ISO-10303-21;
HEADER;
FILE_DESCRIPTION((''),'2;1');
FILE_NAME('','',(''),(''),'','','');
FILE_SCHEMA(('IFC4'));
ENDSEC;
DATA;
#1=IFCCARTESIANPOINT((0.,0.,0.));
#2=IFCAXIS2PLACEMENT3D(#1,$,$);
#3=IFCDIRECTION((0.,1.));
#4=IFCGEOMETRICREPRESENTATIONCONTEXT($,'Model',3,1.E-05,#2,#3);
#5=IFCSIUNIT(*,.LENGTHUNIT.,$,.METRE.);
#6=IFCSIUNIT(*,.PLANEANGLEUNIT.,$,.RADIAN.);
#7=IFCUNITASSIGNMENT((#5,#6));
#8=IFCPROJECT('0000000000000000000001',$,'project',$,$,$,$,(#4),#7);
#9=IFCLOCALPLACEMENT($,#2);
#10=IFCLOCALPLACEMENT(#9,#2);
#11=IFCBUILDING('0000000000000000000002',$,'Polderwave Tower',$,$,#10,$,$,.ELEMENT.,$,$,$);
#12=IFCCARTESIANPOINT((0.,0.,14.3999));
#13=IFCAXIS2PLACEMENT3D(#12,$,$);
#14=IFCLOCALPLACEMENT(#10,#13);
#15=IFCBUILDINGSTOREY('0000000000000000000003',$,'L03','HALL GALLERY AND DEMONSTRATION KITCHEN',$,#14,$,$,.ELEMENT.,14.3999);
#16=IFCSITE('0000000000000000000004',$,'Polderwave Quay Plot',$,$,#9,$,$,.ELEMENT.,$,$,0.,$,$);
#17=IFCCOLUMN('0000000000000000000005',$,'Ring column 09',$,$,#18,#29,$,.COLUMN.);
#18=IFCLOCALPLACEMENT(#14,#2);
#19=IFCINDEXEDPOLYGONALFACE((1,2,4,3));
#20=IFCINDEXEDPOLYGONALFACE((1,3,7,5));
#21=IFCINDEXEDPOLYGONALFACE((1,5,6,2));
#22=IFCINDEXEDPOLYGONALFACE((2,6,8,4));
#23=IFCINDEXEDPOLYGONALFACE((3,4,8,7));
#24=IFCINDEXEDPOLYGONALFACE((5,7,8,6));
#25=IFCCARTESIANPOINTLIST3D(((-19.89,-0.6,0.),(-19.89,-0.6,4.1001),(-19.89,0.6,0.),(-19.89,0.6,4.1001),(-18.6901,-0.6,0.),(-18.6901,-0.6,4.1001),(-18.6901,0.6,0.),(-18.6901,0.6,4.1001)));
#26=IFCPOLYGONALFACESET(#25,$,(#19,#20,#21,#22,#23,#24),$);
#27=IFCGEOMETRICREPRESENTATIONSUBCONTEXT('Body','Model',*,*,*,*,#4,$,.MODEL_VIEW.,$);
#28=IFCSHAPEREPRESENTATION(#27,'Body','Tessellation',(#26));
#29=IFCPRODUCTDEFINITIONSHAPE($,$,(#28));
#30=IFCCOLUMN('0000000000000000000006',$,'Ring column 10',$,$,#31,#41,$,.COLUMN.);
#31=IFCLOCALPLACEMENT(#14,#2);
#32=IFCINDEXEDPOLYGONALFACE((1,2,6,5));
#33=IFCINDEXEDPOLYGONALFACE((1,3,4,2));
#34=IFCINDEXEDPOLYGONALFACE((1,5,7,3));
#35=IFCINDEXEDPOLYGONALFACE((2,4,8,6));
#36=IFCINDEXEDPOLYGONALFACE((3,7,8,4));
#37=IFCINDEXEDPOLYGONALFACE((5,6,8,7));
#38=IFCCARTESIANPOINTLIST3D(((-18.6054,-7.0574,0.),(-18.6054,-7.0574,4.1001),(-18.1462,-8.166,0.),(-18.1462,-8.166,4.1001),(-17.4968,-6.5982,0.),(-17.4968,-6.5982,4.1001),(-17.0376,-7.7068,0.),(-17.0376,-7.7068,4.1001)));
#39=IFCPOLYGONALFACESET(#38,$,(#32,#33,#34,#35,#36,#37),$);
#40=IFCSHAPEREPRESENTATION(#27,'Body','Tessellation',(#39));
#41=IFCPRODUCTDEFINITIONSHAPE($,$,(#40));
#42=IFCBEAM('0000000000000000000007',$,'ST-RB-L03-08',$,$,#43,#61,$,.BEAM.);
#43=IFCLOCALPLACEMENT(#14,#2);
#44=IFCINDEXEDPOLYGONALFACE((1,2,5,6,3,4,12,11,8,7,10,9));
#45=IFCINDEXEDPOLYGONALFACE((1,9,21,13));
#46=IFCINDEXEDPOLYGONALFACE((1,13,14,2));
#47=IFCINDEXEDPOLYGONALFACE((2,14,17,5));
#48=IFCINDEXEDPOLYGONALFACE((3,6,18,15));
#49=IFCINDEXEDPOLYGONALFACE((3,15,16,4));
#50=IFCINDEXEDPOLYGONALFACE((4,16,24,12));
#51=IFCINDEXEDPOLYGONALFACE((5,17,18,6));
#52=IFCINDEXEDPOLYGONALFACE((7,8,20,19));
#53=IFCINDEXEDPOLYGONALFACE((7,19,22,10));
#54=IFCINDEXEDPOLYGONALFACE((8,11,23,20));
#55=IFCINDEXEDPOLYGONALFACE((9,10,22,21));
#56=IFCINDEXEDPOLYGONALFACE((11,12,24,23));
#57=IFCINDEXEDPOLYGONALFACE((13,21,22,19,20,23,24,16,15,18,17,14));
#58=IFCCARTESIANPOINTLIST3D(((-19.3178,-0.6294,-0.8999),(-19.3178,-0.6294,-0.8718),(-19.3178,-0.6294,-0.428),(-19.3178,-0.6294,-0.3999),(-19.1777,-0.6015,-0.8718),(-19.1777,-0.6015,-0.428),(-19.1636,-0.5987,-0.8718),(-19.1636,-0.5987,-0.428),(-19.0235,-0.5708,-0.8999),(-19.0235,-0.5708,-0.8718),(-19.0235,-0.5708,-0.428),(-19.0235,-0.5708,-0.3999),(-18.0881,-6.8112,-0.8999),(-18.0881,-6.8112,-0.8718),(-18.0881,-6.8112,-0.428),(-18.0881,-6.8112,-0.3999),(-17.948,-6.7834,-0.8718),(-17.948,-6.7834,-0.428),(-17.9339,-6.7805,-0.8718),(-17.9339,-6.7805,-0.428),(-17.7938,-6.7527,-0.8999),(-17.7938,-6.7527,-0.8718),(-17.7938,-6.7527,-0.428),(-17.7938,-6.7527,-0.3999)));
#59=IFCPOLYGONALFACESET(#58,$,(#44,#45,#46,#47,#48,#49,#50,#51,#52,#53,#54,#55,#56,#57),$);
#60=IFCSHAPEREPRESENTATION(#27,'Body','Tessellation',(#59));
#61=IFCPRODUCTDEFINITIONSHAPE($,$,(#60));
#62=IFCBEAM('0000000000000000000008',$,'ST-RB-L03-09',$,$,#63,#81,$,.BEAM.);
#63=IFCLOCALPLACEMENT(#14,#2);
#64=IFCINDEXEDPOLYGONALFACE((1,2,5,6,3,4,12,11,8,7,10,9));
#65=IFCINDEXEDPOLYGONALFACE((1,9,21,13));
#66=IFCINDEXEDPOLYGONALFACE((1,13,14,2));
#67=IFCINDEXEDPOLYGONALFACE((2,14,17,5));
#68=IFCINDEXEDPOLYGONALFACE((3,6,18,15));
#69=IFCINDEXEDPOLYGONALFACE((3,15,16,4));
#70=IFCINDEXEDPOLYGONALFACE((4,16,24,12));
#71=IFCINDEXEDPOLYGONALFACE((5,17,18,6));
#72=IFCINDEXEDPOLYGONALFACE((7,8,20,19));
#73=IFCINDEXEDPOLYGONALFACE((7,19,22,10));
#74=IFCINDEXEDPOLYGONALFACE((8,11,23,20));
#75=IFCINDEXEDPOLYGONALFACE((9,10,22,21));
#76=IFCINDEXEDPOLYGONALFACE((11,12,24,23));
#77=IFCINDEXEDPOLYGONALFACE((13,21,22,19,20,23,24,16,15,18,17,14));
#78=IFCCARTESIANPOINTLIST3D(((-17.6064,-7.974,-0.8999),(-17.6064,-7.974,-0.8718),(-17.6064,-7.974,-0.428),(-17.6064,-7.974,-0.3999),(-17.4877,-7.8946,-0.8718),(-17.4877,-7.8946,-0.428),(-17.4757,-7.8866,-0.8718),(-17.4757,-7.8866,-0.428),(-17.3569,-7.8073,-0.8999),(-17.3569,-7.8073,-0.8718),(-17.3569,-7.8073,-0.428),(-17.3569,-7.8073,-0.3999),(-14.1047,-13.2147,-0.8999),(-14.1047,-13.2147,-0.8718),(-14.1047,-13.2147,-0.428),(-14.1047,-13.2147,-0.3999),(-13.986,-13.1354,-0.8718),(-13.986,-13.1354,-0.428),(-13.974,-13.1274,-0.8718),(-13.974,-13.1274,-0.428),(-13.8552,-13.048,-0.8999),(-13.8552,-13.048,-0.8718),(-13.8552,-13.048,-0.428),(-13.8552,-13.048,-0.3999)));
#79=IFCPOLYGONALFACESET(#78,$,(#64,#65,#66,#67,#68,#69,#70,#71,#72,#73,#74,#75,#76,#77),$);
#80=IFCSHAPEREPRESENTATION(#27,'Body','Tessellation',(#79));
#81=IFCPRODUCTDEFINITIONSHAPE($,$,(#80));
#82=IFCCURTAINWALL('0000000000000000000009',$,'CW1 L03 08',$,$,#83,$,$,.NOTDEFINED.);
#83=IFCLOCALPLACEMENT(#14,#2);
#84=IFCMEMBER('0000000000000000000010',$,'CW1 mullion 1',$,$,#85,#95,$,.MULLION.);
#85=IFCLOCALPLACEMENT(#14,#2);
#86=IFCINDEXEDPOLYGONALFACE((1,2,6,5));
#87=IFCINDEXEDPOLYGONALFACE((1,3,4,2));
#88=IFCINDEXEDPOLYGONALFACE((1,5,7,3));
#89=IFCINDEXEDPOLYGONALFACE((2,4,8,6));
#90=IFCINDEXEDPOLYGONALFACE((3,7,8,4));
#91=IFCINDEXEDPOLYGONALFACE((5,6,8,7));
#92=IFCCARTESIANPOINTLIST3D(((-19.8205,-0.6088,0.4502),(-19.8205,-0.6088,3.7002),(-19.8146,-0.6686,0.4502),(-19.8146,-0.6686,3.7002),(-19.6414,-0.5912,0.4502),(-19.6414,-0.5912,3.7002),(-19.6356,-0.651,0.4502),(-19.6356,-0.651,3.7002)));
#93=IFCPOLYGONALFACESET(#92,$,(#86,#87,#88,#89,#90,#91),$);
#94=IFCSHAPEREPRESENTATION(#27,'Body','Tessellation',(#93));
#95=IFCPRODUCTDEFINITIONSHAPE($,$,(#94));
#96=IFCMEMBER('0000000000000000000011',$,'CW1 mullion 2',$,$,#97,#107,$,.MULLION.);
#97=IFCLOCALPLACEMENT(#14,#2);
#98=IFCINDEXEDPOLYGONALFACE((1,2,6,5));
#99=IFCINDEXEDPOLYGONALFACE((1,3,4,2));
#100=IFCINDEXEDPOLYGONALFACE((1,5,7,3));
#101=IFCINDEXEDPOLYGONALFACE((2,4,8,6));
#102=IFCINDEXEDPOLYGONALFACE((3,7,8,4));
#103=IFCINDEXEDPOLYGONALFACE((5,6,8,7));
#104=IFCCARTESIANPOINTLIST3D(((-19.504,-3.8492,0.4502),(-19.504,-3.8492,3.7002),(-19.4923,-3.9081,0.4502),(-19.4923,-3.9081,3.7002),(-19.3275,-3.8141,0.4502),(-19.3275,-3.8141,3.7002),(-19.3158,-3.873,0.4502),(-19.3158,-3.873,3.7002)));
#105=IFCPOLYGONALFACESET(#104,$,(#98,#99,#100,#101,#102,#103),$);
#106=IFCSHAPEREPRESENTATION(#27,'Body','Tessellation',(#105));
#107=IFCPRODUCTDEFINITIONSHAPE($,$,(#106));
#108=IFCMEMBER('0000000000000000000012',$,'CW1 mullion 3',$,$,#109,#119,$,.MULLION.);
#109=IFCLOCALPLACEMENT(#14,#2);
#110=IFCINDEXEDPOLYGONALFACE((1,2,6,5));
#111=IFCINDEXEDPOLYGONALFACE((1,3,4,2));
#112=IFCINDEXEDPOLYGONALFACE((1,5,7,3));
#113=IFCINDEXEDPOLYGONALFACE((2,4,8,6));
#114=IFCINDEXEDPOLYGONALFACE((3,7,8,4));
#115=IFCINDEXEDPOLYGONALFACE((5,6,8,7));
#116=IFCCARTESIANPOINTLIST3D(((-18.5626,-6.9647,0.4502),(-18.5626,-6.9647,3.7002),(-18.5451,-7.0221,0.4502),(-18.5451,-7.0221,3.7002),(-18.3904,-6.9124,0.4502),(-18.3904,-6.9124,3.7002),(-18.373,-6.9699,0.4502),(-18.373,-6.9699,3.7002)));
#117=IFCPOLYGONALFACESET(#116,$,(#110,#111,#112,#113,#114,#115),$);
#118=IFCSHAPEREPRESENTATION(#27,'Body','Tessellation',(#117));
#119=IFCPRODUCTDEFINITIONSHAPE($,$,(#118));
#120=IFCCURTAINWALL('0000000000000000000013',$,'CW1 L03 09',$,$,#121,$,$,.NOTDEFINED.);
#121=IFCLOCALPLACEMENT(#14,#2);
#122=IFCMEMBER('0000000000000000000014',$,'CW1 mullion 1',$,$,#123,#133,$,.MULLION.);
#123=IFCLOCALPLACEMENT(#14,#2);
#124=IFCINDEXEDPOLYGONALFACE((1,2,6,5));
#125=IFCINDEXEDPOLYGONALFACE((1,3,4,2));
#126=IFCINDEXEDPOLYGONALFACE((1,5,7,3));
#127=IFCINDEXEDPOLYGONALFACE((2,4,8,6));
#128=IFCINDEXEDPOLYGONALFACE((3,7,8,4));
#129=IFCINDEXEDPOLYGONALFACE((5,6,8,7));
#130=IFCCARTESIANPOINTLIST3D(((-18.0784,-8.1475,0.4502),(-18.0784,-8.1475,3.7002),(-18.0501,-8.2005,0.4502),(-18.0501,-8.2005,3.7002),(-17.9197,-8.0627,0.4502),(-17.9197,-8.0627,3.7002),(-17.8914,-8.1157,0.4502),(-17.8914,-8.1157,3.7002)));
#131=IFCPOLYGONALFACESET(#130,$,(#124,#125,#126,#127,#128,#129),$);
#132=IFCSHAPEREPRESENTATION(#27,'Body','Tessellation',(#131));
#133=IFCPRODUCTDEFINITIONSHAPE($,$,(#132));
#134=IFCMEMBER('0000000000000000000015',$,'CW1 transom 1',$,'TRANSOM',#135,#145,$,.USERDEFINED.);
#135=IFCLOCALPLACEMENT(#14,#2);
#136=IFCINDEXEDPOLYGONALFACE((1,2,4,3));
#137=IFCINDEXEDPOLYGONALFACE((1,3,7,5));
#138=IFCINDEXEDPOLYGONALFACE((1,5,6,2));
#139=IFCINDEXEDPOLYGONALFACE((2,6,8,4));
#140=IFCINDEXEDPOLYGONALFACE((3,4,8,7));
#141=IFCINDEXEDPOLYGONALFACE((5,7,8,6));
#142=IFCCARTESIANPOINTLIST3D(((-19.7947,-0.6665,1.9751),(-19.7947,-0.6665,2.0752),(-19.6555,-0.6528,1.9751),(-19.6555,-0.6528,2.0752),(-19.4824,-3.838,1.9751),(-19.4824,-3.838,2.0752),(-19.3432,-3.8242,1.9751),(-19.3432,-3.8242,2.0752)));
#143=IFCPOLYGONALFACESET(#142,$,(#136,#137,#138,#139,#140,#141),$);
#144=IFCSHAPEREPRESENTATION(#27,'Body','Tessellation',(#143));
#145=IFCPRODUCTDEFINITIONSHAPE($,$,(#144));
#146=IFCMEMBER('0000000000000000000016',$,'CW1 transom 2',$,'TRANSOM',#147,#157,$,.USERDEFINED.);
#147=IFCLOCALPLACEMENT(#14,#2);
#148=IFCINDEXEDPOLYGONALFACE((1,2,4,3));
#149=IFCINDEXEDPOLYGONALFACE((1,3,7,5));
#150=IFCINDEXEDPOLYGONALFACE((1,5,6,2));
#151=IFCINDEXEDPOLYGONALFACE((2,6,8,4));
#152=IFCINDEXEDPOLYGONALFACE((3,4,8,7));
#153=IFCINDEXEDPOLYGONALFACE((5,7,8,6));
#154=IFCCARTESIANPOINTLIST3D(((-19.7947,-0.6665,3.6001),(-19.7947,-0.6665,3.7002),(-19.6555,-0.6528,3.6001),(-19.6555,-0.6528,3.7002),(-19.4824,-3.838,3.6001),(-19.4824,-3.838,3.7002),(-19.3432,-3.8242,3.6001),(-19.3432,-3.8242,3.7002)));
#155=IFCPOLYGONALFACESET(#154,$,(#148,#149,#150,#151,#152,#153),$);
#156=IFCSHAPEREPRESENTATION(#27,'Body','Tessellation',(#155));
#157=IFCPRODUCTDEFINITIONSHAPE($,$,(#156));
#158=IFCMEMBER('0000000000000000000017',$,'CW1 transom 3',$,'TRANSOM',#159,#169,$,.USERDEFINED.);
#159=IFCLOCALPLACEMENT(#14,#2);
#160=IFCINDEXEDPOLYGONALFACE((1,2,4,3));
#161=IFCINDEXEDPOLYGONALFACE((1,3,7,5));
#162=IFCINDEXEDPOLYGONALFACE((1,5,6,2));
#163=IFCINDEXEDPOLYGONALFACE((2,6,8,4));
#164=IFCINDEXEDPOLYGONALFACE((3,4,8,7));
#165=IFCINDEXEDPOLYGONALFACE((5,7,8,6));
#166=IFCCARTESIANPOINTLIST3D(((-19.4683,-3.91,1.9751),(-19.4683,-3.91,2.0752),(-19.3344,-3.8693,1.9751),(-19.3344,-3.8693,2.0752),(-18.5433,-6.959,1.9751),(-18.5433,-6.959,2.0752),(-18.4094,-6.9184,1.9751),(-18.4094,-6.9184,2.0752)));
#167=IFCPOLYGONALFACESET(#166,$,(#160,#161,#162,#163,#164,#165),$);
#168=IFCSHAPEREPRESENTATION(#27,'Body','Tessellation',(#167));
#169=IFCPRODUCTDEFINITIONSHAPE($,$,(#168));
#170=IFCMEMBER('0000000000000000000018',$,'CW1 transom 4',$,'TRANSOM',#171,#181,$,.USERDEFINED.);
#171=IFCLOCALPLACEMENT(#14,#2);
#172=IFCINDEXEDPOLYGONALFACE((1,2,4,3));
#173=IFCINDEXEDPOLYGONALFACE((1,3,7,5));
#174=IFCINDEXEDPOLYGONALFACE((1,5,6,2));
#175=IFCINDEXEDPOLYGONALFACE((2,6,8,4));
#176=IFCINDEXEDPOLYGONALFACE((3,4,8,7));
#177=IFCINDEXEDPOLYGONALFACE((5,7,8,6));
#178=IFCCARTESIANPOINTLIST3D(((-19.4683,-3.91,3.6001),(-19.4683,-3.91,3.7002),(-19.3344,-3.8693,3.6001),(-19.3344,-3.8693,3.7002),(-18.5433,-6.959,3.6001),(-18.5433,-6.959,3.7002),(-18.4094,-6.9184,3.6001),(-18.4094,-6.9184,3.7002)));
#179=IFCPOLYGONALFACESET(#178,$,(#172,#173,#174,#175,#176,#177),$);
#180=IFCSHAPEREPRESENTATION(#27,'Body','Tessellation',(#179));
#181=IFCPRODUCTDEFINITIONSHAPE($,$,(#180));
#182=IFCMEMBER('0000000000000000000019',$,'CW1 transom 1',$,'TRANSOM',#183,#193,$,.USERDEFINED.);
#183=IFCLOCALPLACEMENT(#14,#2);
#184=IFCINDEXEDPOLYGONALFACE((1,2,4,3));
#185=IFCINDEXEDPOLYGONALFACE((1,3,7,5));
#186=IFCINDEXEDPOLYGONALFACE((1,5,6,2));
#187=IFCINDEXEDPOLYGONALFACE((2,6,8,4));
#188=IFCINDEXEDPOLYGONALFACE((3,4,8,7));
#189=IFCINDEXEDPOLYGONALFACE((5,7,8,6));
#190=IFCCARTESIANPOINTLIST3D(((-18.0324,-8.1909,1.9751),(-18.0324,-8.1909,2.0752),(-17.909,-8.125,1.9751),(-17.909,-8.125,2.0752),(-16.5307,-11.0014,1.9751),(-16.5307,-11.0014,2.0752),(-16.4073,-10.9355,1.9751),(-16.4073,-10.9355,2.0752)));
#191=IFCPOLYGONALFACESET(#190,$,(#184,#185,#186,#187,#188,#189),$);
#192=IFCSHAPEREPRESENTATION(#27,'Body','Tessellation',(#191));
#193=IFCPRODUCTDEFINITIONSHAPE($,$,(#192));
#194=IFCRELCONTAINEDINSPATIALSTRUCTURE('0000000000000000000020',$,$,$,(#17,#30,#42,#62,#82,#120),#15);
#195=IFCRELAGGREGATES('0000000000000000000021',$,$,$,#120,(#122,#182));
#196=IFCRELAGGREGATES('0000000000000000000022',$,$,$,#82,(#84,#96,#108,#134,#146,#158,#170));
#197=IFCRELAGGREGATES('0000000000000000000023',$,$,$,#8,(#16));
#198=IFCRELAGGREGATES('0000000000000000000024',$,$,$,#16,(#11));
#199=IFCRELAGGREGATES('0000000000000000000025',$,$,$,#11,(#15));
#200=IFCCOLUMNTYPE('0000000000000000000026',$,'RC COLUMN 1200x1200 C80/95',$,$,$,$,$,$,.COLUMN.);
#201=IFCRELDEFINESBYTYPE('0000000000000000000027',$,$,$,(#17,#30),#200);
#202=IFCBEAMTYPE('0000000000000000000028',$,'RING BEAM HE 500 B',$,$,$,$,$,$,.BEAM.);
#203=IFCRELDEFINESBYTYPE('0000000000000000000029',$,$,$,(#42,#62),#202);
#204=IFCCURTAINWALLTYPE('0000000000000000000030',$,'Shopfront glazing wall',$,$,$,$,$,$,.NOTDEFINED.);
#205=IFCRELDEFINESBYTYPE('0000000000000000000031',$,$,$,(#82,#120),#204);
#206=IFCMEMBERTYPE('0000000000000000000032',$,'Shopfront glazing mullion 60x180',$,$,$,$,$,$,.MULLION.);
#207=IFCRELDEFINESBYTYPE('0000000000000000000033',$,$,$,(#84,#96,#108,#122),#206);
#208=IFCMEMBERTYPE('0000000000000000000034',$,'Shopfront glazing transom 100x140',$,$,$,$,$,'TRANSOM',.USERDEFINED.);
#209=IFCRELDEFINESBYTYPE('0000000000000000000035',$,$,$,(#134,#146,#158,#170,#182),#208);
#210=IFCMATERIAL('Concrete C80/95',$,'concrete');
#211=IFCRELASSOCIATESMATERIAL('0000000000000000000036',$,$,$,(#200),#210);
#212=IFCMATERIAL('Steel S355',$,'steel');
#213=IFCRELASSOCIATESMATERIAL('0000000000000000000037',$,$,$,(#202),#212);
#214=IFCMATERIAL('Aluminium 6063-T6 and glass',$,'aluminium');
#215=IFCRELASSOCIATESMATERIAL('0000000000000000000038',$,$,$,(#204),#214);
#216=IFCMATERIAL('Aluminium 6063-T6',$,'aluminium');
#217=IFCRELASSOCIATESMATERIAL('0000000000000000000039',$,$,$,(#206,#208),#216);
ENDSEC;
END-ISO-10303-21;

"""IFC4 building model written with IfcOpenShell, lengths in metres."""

from ifc_helpers import new_model, si_unit, direction, frame, origin, origin_2d, place, context, subcontext, project, spatial, rectangle, i_section, extrude, material, material_profile, profile_set, type_object, element, aggregate, save


model = new_model("IFC4")

# Units and contexts
model_context = context("Model", 3, precision=1e-05, world=origin(), true_north=direction((0.0, 1.0)))
body_context = subcontext(model_context, "Body", "Model", "MODEL_VIEW")
ifc_project = project(units=[si_unit("LENGTHUNIT", "METRE"), si_unit("PLANEANGLEUNIT", "RADIAN")], contexts=[model_context])

# Site, building, storey
site_placement = place(None, origin())
site = spatial("IfcSite", under=ifc_project, at=site_placement, Name="Polderwave Quay Plot", CompositionType="ELEMENT", RefElevation=0.0)
building_placement = place(site_placement, origin())
building = spatial("IfcBuilding", under=site, at=building_placement, Name="Polderwave Tower", CompositionType="ELEMENT")
storey_placement = place(building_placement, frame((0.0, 0.0, 14.3999)))
storey = spatial("IfcBuildingStorey", under=building, at=storey_placement, Name="L03", Description="HALL GALLERY AND DEMONSTRATION KITCHEN", CompositionType="ELEMENT", Elevation=14.3999)

# Columns
ifc_material_1 = material(Name="Concrete C80/95", Category="concrete")
ifc_material_profile_1 = material_profile(ifc_material_1, rectangle(XDim=1.2, YDim=1.2, at=origin_2d()), Name="RC 1200x1200")
ifc_profile_set_1 = profile_set([ifc_material_profile_1], Name="Concrete C80/95")
column_type = type_object("IfcColumnType", Name="RC COLUMN 1200x1200 C80/95", PredefinedType="COLUMN", material=ifc_profile_set_1)
for number, where, z_axis, x_axis, name in (
    (1, (-19.29, 0.0, 0.0), (0.0, 0.0, 1.0), (-1.0, 0.0, 0.0), "Ring column 09"),
    (2, (-17.8215, -7.3821, 0.0), (0.0, 0.0, 1.0), (-0.92388, -0.382683, 0.0), "Ring column 10"),
):
    element("IfcColumn", number, at=place(storey_placement, frame(where, z_axis=z_axis, x_axis=x_axis)), inside=storey, type_object=column_type, Name=name, PredefinedType="COLUMN", context=body_context, shape_type="SweptSolid", body=[
        extrude(rectangle(XDim=1.2, YDim=1.2, at=origin_2d()), origin(), (0.0, 0.0, 1.0), 4.1001),
    ])

# Beams
ifc_material_2 = material(Name="Steel S355", Category="steel")
ifc_material_profile_2 = material_profile(ifc_material_2, i_section(OverallWidth=0.3, OverallDepth=0.5, WebThickness=0.0144, FlangeThickness=0.0281, at=origin_2d()), Name="HE 500 B")
ifc_profile_set_2 = profile_set([ifc_material_profile_2], Name="Steel S355")
beam_type = type_object("IfcBeamType", Name="RING BEAM HE 500 B", PredefinedType="BEAM", material=ifc_profile_set_2)
for number, where, z_axis, x_axis, name in (
    (3, (-19.1707, -0.6001, -0.6499), (0.195103, -0.980783, 0.0), (0.980783, 0.195103, 0.0), "ST-RB-L03-08"),
    (4, (-17.4817, -7.8906, -0.6499), (0.555567, -0.831472, 0.0), (0.831472, 0.555567, 0.0), "ST-RB-L03-09"),
):
    element("IfcBeam", number, at=place(storey_placement, frame(where, z_axis=z_axis, x_axis=x_axis)), inside=storey, type_object=beam_type, Name=name, PredefinedType="BEAM", context=body_context, shape_type="SweptSolid", body=[
        extrude(i_section(OverallWidth=0.3, OverallDepth=0.5, WebThickness=0.0144, FlangeThickness=0.0281, at=origin_2d()), origin(), (0.0, 0.0, 1.0), 6.303),
    ])

# Curtain wall, members
ifc_material_3 = material(Name="Aluminium 6063-T6 and glass", Category="aluminium")
curtain_wall_type = type_object("IfcCurtainWallType", Name="Shopfront glazing wall", PredefinedType="NOTDEFINED", material=ifc_material_3)
curtain_wall_1_placement = place(storey_placement, origin())
curtain_wall_1 = element("IfcCurtainWall", 5, at=curtain_wall_1_placement, inside=storey, type_object=curtain_wall_type, Name="CW1 L03 08", PredefinedType="NOTDEFINED")
ifc_material_4 = material(Name="Aluminium 6063-T6", Category="aluminium")
ifc_material_profile_3 = material_profile(ifc_material_4, rectangle(XDim=0.1799, YDim=0.0601, at=origin_2d()), Name="AL 60x180")
ifc_profile_set_3 = profile_set([ifc_material_profile_3], Name="Aluminium 6063-T6")
member_type_1 = type_object("IfcMemberType", Name="Shopfront glazing mullion 60x180", PredefinedType="MULLION", material=ifc_profile_set_3)
member_1_placement = place(storey_placement, frame((-19.728, -0.6299, 0.4502), z_axis=(0.0, 0.0, 1.0), x_axis=(0.99519, 0.097963, 0.0)))
member_1 = element("IfcMember", 6, at=member_1_placement, type_object=member_type_1, Name="CW1 mullion 1", PredefinedType="MULLION", context=body_context, shape_type="SweptSolid", body=[
    extrude(rectangle(XDim=0.1799, YDim=0.0601, at=origin_2d()), origin(), (0.0, 0.0, 1.0), 3.25),
])
member_2_placement = place(storey_placement, frame((-19.4099, -3.8611, 0.4502), z_axis=(0.0, 0.0, 1.0), x_axis=(0.98079, 0.195065, 0.0)))
member_2 = element("IfcMember", 7, at=member_2_placement, type_object=member_type_1, Name="CW1 mullion 2", PredefinedType="MULLION", context=body_context, shape_type="SweptSolid", body=[
    extrude(rectangle(XDim=0.1799, YDim=0.0601, at=origin_2d()), origin(), (0.0, 0.0, 1.0), 3.25),
])
member_3_placement = place(storey_placement, frame((-18.4678, -6.9673, 0.4502), z_axis=(0.0, 0.0, 1.0), x_axis=(0.95694, 0.290286, 0.0)))
member_3 = element("IfcMember", 8, at=member_3_placement, type_object=member_type_1, Name="CW1 mullion 3", PredefinedType="MULLION", context=body_context, shape_type="SweptSolid", body=[
    extrude(rectangle(XDim=0.1799, YDim=0.0601, at=origin_2d()), origin(), (0.0, 0.0, 1.0), 3.25),
])

# Curtain wall, member
curtain_wall_2_placement = place(storey_placement, origin())
curtain_wall_2 = element("IfcCurtainWall", 9, at=curtain_wall_2_placement, inside=storey, type_object=curtain_wall_type, Name="CW1 L03 09", PredefinedType="NOTDEFINED")
member_4_placement = place(storey_placement, frame((-17.9849, -8.1316, 0.4502), z_axis=(0.0, 0.0, 1.0), x_axis=(0.882015, 0.471221, 0.0)))
member_4 = element("IfcMember", 10, at=member_4_placement, type_object=member_type_1, Name="CW1 mullion 1", PredefinedType="MULLION", context=body_context, shape_type="SweptSolid", body=[
    extrude(rectangle(XDim=0.1799, YDim=0.0601, at=origin_2d()), origin(), (0.0, 0.0, 1.0), 3.25),
])

# Members
ifc_material_profile_4 = material_profile(ifc_material_4, rectangle(XDim=0.1399, YDim=0.1001, at=origin_2d()), Name="AL 100x140")
ifc_profile_set_4 = profile_set([ifc_material_profile_4], Name="Aluminium 6063-T6")
member_type_2 = type_object("IfcMemberType", Name="Shopfront glazing transom 100x140", ElementType="TRANSOM", PredefinedType="USERDEFINED", material=ifc_profile_set_4)
member_5_placement = place(storey_placement, frame((-19.7251, -0.6597, 2.0251), z_axis=(0.097987, -0.995188, 0.0), x_axis=(0.995188, 0.097987, 0.0)))
member_5 = element("IfcMember", 11, at=member_5_placement, type_object=member_type_2, Name="CW1 transom 1", ObjectType="TRANSOM", PredefinedType="USERDEFINED", context=body_context, shape_type="SweptSolid", body=[
    extrude(rectangle(XDim=0.1399, YDim=0.1001, at=origin_2d()), origin(), (0.0, 0.0, 1.0), 3.1868),
])
member_6_placement = place(storey_placement, frame((-19.7251, -0.6597, 3.6501), z_axis=(0.097987, -0.995188, 0.0), x_axis=(0.995188, 0.097987, 0.0)))
member_6 = element("IfcMember", 12, at=member_6_placement, type_object=member_type_2, Name="CW1 transom 2", ObjectType="TRANSOM", PredefinedType="USERDEFINED", context=body_context, shape_type="SweptSolid", body=[
    extrude(rectangle(XDim=0.1399, YDim=0.1001, at=origin_2d()), origin(), (0.0, 0.0, 1.0), 3.1868),
])
member_7_placement = place(storey_placement, frame((-19.4014, -3.8896, 2.0251), z_axis=(0.29032, -0.95693, 0.0), x_axis=(0.95693, 0.29032, 0.0)))
member_7 = element("IfcMember", 13, at=member_7_placement, type_object=member_type_2, Name="CW1 transom 3", ObjectType="TRANSOM", PredefinedType="USERDEFINED", context=body_context, shape_type="SweptSolid", body=[
    extrude(rectangle(XDim=0.1399, YDim=0.1001, at=origin_2d()), origin(), (0.0, 0.0, 1.0), 3.1863),
])
member_8_placement = place(storey_placement, frame((-19.4014, -3.8896, 3.6501), z_axis=(0.29032, -0.95693, 0.0), x_axis=(0.95693, 0.29032, 0.0)))
member_8 = element("IfcMember", 14, at=member_8_placement, type_object=member_type_2, Name="CW1 transom 4", ObjectType="TRANSOM", PredefinedType="USERDEFINED", context=body_context, shape_type="SweptSolid", body=[
    extrude(rectangle(XDim=0.1399, YDim=0.1001, at=origin_2d()), origin(), (0.0, 0.0, 1.0), 3.1863),
])
member_9_placement = place(storey_placement, frame((-17.9707, -8.158, 2.0251), z_axis=(0.47126, -0.881994, 0.0), x_axis=(0.881994, 0.47126, 0.0)))
member_9 = element("IfcMember", 15, at=member_9_placement, type_object=member_type_2, Name="CW1 transom 1", ObjectType="TRANSOM", PredefinedType="USERDEFINED", context=body_context, shape_type="SweptSolid", body=[
    extrude(rectangle(XDim=0.1399, YDim=0.1001, at=origin_2d()), origin(), (0.0, 0.0, 1.0), 3.1865),
])
aggregate(curtain_wall_2, [member_4, member_9])

aggregate(curtain_wall_1, [member_1, member_2, member_3, member_5, member_6, member_7, member_8])

save(model, "model.ifc")
